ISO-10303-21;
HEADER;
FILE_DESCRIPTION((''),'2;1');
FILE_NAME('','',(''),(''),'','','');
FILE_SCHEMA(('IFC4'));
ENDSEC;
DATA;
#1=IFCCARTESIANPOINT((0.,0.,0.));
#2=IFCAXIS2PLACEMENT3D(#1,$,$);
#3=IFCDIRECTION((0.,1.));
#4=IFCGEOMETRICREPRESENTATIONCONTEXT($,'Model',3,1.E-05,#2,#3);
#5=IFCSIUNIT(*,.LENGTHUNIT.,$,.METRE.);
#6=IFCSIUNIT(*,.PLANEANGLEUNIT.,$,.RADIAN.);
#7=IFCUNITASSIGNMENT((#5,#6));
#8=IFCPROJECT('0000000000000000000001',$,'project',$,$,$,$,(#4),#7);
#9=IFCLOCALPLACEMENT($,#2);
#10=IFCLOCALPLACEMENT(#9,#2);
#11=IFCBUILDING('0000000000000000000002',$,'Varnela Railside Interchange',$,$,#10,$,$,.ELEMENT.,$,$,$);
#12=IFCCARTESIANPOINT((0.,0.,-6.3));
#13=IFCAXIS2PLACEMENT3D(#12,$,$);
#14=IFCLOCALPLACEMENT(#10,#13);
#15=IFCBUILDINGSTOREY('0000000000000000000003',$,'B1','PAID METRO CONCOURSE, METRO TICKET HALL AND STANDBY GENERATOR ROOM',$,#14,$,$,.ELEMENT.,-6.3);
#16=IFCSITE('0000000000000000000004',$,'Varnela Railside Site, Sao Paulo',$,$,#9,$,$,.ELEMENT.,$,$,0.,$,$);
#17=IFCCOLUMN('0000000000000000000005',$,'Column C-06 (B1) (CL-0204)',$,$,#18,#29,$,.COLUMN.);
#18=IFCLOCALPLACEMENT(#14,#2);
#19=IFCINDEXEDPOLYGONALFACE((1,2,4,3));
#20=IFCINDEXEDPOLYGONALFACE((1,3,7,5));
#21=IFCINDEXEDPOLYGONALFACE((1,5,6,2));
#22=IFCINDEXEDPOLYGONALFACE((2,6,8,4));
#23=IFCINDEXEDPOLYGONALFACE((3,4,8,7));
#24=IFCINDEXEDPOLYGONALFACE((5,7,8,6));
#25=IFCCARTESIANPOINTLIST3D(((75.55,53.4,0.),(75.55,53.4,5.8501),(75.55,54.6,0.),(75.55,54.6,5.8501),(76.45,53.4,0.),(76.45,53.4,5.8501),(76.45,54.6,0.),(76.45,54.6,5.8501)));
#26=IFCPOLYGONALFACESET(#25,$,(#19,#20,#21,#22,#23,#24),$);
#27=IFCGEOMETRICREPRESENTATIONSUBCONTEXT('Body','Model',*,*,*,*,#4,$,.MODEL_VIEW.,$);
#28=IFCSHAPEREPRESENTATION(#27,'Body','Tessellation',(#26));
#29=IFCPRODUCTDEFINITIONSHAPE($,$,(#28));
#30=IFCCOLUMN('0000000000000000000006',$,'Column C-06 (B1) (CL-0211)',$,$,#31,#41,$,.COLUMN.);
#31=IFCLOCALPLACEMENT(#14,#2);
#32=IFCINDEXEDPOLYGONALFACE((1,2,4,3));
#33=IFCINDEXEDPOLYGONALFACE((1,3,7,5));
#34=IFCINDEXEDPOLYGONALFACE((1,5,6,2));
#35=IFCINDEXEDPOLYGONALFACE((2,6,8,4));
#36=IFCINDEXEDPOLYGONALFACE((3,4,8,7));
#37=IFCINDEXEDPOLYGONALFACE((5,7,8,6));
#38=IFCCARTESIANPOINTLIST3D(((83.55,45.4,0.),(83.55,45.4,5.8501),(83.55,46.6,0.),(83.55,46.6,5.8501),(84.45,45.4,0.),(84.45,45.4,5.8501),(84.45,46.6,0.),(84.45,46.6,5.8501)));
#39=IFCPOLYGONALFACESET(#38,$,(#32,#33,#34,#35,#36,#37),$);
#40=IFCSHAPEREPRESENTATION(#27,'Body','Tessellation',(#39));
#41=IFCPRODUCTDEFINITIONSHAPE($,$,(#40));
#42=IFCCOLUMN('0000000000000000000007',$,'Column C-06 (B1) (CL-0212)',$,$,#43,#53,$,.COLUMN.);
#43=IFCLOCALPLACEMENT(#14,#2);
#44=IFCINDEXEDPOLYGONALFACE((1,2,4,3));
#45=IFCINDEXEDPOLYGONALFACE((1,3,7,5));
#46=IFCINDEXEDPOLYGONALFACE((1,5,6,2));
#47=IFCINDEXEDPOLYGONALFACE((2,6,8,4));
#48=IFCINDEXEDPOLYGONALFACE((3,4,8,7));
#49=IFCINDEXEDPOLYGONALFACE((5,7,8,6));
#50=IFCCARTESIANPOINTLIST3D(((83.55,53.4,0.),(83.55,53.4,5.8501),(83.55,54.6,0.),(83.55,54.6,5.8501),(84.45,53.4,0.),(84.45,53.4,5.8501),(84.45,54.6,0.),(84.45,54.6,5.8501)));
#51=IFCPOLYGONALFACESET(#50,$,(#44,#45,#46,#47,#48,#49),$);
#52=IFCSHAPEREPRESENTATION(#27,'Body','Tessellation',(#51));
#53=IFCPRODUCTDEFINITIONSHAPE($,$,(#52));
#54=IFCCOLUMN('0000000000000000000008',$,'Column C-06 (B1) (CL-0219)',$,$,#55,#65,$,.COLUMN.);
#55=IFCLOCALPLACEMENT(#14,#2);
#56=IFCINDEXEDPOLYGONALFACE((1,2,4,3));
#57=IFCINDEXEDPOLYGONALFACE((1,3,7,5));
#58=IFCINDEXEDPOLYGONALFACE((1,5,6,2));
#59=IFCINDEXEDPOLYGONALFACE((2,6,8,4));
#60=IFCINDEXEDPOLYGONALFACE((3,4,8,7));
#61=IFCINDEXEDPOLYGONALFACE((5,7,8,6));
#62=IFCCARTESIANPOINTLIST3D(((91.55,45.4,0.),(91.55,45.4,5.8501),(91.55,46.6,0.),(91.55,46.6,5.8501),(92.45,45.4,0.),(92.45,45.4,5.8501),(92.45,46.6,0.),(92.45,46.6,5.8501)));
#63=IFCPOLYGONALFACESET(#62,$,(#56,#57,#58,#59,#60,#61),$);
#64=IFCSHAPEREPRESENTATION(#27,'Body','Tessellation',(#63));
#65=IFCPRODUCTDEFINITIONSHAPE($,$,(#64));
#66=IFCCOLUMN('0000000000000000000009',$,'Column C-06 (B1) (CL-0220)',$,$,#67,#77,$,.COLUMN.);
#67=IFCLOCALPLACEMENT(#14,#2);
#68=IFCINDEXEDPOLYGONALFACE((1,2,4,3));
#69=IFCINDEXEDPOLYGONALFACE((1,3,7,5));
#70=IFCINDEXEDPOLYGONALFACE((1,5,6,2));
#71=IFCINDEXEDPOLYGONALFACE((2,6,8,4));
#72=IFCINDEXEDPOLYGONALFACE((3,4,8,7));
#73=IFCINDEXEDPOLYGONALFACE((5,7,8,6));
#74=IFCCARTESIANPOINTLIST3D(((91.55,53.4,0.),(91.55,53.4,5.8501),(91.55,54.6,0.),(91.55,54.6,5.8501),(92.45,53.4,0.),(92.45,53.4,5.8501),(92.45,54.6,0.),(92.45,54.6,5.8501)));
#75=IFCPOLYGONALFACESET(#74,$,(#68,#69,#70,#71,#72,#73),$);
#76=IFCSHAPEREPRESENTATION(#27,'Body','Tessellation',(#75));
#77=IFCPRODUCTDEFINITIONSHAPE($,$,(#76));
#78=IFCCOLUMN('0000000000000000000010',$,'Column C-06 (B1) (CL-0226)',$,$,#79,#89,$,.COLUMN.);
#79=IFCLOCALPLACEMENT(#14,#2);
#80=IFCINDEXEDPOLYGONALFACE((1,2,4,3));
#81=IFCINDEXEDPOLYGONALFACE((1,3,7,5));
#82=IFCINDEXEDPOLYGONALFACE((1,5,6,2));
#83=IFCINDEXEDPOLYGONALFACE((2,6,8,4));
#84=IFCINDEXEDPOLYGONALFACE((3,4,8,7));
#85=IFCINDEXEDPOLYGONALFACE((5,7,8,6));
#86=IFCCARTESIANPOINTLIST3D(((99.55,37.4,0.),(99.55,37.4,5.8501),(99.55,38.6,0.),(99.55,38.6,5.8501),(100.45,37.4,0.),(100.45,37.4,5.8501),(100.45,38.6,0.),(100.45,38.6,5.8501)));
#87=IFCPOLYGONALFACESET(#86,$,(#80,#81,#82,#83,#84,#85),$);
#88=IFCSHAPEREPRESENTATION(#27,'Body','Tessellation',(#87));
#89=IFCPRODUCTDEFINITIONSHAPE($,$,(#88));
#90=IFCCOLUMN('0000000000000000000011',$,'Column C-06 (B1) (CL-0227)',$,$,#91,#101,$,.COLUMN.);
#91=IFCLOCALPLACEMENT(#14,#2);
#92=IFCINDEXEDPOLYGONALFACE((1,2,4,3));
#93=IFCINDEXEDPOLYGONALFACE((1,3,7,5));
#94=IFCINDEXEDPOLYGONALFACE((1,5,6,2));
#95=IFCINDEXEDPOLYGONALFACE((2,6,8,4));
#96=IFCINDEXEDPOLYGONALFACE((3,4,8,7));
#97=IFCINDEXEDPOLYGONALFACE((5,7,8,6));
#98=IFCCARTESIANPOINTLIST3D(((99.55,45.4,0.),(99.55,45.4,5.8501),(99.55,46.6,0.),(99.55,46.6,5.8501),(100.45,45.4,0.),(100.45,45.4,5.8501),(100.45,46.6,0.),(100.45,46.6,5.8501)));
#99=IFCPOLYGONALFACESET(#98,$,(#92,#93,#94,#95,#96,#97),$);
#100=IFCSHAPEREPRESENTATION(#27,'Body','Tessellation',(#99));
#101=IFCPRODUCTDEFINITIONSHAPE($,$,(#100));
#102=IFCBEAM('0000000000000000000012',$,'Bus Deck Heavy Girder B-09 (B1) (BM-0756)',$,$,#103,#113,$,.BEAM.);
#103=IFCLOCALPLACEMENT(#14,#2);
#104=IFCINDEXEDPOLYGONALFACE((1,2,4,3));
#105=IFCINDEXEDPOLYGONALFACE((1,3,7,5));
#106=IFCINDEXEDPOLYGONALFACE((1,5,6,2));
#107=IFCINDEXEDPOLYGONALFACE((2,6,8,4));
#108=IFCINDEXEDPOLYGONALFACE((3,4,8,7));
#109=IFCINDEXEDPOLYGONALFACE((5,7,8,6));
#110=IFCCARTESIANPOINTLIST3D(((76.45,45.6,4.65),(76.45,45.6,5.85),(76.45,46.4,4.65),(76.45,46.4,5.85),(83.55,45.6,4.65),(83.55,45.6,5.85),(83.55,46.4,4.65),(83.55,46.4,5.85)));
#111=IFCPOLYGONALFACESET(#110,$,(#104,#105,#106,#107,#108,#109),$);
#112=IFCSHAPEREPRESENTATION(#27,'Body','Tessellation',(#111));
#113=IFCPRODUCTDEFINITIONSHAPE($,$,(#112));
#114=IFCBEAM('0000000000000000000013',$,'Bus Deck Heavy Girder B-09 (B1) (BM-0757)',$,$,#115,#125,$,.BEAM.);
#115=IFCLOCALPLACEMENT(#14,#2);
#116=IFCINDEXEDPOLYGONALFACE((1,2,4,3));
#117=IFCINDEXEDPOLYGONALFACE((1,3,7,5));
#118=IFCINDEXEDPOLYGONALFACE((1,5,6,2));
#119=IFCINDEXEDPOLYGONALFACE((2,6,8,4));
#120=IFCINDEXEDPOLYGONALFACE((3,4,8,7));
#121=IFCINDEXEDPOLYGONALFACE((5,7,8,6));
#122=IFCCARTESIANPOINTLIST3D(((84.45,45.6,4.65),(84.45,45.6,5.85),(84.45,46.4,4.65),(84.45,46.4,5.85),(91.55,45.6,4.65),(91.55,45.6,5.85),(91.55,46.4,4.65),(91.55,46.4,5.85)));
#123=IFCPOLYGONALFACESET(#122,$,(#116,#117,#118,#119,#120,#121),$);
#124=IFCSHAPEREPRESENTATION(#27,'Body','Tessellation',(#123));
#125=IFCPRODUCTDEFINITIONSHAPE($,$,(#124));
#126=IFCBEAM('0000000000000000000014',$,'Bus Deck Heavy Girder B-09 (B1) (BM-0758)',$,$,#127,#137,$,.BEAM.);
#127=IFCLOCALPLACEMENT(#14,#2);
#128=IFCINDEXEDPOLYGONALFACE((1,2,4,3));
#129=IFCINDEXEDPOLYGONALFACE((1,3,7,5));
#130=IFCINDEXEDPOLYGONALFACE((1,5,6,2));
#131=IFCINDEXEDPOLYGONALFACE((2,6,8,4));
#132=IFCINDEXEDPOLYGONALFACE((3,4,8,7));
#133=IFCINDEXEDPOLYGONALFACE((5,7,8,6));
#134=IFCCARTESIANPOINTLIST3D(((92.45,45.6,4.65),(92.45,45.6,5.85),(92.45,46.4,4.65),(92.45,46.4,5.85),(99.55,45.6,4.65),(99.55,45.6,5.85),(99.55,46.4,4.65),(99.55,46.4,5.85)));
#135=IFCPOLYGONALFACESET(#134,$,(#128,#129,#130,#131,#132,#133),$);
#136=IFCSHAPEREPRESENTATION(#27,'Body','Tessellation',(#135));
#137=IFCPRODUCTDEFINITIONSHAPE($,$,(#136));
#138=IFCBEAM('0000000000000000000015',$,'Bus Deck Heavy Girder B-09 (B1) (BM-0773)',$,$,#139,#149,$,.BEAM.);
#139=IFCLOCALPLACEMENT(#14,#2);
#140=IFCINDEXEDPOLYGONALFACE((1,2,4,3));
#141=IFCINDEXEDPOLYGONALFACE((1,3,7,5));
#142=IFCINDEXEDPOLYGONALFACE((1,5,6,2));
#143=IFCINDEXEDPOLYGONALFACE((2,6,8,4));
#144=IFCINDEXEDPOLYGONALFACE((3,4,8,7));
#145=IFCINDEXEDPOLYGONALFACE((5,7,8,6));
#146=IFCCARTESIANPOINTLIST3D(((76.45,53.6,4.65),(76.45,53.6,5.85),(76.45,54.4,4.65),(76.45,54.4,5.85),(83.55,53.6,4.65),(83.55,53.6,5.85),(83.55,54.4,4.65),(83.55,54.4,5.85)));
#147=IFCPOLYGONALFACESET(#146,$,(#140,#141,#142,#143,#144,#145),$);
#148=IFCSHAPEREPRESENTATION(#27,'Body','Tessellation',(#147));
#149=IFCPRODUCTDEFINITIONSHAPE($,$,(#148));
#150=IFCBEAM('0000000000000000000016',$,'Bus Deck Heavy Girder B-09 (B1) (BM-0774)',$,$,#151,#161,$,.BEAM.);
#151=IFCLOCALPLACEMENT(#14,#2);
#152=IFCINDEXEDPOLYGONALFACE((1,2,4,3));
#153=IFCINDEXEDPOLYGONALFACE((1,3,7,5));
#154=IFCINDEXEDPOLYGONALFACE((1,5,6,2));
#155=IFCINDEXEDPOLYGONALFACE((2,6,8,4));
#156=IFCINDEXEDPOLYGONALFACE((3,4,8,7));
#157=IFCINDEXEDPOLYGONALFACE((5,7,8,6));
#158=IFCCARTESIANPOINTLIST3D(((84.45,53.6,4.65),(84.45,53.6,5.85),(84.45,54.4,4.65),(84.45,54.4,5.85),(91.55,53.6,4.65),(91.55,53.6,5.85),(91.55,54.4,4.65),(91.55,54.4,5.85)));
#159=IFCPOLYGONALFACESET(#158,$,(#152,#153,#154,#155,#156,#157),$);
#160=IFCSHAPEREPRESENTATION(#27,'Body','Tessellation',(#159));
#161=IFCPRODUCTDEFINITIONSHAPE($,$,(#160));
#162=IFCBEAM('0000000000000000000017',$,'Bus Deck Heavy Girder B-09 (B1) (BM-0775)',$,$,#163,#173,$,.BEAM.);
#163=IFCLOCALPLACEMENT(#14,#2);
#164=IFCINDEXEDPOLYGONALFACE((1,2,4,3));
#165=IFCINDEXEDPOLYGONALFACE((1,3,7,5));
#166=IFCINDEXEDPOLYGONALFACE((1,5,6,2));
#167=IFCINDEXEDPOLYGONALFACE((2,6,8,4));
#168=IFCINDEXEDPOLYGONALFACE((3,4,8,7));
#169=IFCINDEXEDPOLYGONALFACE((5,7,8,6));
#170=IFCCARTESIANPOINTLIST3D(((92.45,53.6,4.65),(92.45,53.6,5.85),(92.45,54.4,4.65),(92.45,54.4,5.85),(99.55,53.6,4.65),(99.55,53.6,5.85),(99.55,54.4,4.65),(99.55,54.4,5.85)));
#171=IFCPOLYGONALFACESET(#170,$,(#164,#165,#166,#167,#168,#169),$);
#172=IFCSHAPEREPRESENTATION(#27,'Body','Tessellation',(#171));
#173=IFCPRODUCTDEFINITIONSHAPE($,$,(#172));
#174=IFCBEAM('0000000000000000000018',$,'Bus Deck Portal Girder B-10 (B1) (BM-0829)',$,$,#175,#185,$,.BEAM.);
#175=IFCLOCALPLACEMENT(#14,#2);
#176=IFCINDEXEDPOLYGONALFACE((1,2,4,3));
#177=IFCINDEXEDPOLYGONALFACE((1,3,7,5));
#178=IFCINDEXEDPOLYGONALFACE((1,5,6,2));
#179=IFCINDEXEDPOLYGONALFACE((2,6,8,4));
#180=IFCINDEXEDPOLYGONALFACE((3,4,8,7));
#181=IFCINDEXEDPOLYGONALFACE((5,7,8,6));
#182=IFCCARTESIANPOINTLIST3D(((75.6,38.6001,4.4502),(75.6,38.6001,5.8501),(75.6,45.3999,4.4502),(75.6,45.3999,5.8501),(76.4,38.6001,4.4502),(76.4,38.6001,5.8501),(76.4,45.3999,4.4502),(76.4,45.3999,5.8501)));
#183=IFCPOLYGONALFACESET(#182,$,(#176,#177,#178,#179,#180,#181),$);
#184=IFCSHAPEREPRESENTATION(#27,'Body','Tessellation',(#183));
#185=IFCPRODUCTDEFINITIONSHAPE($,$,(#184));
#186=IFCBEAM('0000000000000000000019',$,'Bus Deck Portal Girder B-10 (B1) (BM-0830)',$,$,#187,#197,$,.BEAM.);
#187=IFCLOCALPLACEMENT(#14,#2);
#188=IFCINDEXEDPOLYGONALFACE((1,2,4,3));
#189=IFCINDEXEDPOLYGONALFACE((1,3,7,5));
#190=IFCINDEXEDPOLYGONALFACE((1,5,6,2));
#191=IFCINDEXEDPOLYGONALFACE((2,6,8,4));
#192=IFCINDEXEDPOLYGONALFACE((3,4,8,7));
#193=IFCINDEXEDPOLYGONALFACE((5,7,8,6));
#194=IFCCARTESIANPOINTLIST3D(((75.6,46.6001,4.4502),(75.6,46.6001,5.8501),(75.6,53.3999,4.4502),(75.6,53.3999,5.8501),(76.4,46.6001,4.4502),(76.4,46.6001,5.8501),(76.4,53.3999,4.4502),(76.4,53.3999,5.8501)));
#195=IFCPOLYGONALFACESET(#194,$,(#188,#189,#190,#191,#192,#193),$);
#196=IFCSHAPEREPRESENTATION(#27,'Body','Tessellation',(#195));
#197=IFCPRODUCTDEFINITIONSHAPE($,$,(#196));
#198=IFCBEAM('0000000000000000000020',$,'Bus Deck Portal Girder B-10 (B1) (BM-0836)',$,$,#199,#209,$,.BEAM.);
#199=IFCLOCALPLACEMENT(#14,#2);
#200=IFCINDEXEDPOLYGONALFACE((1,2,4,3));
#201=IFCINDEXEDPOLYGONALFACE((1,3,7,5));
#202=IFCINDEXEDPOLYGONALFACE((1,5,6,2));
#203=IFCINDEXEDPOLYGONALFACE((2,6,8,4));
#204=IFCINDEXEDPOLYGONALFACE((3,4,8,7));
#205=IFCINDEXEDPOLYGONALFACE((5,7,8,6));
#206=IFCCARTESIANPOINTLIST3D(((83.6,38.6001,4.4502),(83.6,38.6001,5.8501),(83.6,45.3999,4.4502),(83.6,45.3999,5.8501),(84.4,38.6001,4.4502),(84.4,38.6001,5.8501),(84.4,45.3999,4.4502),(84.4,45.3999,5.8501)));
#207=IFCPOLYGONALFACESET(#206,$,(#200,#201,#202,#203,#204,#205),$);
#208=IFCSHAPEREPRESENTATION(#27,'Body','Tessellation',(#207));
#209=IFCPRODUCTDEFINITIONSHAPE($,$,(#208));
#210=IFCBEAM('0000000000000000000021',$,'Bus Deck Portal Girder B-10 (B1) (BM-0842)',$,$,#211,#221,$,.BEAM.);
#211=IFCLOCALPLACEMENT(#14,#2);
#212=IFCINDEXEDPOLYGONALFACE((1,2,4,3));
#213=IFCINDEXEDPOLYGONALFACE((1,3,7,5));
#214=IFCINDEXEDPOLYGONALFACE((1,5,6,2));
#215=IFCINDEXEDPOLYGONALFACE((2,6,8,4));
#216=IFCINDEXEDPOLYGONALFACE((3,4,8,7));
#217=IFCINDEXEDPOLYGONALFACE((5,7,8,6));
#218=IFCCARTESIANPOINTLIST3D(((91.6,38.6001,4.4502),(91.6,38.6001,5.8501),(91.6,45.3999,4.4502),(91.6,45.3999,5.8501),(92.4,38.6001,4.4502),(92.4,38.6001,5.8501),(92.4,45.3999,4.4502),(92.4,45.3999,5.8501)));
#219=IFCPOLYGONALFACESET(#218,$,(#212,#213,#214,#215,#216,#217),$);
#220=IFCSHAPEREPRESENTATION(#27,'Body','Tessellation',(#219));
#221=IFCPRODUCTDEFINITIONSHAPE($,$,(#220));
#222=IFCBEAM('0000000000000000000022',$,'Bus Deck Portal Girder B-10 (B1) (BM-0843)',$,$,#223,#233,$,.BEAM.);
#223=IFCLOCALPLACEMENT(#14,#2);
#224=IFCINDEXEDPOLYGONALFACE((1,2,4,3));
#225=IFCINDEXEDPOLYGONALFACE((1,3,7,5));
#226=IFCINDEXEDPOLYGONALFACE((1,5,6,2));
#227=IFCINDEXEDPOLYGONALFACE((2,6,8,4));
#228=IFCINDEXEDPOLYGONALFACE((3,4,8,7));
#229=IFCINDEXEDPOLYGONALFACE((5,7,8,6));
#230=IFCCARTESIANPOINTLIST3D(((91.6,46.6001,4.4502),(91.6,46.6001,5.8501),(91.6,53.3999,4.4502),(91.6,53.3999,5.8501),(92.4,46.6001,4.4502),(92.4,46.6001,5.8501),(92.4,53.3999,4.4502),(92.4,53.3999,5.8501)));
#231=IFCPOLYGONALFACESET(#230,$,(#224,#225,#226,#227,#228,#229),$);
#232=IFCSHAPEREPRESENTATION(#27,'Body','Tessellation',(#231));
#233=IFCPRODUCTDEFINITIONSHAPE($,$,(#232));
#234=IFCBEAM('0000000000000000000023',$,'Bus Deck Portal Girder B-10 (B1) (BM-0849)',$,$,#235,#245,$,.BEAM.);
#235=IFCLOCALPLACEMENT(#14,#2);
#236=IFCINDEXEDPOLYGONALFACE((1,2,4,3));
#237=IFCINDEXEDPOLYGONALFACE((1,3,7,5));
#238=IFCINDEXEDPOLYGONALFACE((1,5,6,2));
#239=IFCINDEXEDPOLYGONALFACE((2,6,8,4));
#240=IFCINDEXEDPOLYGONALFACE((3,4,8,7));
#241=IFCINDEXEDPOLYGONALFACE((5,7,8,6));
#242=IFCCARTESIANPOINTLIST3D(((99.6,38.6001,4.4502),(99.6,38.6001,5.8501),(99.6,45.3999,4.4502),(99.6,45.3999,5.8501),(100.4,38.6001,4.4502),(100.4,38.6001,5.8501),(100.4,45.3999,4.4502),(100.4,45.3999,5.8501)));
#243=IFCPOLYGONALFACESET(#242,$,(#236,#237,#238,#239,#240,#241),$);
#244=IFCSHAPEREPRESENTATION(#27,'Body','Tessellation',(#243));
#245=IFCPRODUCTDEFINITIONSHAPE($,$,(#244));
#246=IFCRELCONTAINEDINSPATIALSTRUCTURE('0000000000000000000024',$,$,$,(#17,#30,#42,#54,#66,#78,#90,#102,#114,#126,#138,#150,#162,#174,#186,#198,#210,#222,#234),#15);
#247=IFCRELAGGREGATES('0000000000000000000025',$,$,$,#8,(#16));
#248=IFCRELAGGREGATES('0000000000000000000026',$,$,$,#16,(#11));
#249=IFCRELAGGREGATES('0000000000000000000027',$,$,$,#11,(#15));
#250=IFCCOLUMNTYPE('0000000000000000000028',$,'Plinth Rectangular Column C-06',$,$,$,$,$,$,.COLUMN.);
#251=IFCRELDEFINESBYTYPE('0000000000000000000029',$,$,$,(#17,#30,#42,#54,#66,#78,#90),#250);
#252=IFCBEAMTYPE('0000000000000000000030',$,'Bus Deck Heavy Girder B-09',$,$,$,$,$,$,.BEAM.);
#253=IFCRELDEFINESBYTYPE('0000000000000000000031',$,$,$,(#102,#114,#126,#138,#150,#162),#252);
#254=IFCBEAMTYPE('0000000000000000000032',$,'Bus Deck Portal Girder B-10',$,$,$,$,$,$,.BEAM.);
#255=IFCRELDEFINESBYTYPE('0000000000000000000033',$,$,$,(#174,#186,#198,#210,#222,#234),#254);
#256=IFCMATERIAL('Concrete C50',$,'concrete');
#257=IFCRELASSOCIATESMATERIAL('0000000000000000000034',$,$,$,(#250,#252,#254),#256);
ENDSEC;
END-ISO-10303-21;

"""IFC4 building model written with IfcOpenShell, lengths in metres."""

from ifc_helpers import new_model, si_unit, direction, frame, origin, origin_2d, place, context, subcontext, project, spatial, rectangle, extrude, material, material_profile, profile_set, type_object, element, save


model = new_model("IFC4")

# Units and contexts
model_context = context("Model", 3, precision=1e-05, world=origin(), true_north=direction((0.0, 1.0)))
body_context = subcontext(model_context, "Body", "Model", "MODEL_VIEW")
ifc_project = project(units=[si_unit("LENGTHUNIT", "METRE"), si_unit("PLANEANGLEUNIT", "RADIAN")], contexts=[model_context])

# Site, building, storey
site_placement = place(None, origin())
site = spatial("IfcSite", under=ifc_project, at=site_placement, Name="Varnela Railside Site, Sao Paulo", CompositionType="ELEMENT", RefElevation=0.0)
building_placement = place(site_placement, origin())
building = spatial("IfcBuilding", under=site, at=building_placement, Name="Varnela Railside Interchange", CompositionType="ELEMENT")
storey_placement = place(building_placement, frame((0.0, 0.0, -6.3)))
storey = spatial("IfcBuildingStorey", under=building, at=storey_placement, Name="B1", Description="PAID METRO CONCOURSE, METRO TICKET HALL AND STANDBY GENERATOR ROOM", CompositionType="ELEMENT", Elevation=-6.3)

# Columns
ifc_material_1 = material(Name="Concrete C50", Category="concrete")
ifc_material_profile_1 = material_profile(ifc_material_1, rectangle(XDim=0.8999, YDim=1.2, at=origin_2d()), Name="RC 900x1200")
ifc_profile_set_1 = profile_set([ifc_material_profile_1], Name="Concrete C50")
column_type = type_object("IfcColumnType", Name="Plinth Rectangular Column C-06", PredefinedType="COLUMN", material=ifc_profile_set_1)
for number, where, z_axis, x_axis, name in (
    (1, (76.0, 54.0, 0.0), (0.0, 0.0, 1.0), (1.0, 0.0, 0.0), "Column C-06 (B1) (CL-0204)"),
    (2, (84.0, 46.0, 0.0), (0.0, 0.0, 1.0), (1.0, 0.0, 0.0), "Column C-06 (B1) (CL-0211)"),
    (3, (84.0, 54.0, 0.0), (0.0, 0.0, 1.0), (1.0, 0.0, 0.0), "Column C-06 (B1) (CL-0212)"),
    (4, (92.0, 46.0, 0.0), (0.0, 0.0, 1.0), (1.0, 0.0, 0.0), "Column C-06 (B1) (CL-0219)"),
    (5, (92.0, 54.0, 0.0), (0.0, 0.0, 1.0), (1.0, 0.0, 0.0), "Column C-06 (B1) (CL-0220)"),
    (6, (100.0, 38.0, 0.0), (0.0, 0.0, 1.0), (1.0, 0.0, 0.0), "Column C-06 (B1) (CL-0226)"),
    (7, (100.0, 46.0, 0.0), (0.0, 0.0, 1.0), (1.0, 0.0, 0.0), "Column C-06 (B1) (CL-0227)"),
):
    element("IfcColumn", number, at=place(storey_placement, frame(where, z_axis=z_axis, x_axis=x_axis)), inside=storey, type_object=column_type, Name=name, PredefinedType="COLUMN", context=body_context, shape_type="SweptSolid", body=[
        extrude(rectangle(XDim=0.8999, YDim=1.2, at=origin_2d()), origin(), (0.0, 0.0, 1.0), 5.8501),
    ])

# Beams
ifc_material_profile_2 = material_profile(ifc_material_1, rectangle(XDim=0.8, YDim=1.2, at=origin_2d()), Name="RC 800x1200")
ifc_profile_set_2 = profile_set([ifc_material_profile_2], Name="Concrete C50")
beam_type_1 = type_object("IfcBeamType", Name="Bus Deck Heavy Girder B-09", PredefinedType="BEAM", material=ifc_profile_set_2)
for number, where, z_axis, x_axis, name in (
    (8, (76.45, 46.0, 5.25), (1.0, 0.0, 0.0), (0.0, 1.0, 0.0), "Bus Deck Heavy Girder B-09 (B1) (BM-0756)"),
    (9, (84.45, 46.0, 5.25), (1.0, 0.0, 0.0), (0.0, 1.0, 0.0), "Bus Deck Heavy Girder B-09 (B1) (BM-0757)"),
    (10, (92.45, 46.0, 5.25), (1.0, 0.0, 0.0), (0.0, 1.0, 0.0), "Bus Deck Heavy Girder B-09 (B1) (BM-0758)"),
    (11, (76.45, 54.0, 5.25), (1.0, 0.0, 0.0), (0.0, 1.0, 0.0), "Bus Deck Heavy Girder B-09 (B1) (BM-0773)"),
    (12, (84.45, 54.0, 5.25), (1.0, 0.0, 0.0), (0.0, 1.0, 0.0), "Bus Deck Heavy Girder B-09 (B1) (BM-0774)"),
    (13, (92.45, 54.0, 5.25), (1.0, 0.0, 0.0), (0.0, 1.0, 0.0), "Bus Deck Heavy Girder B-09 (B1) (BM-0775)"),
):
    element("IfcBeam", number, at=place(storey_placement, frame(where, z_axis=z_axis, x_axis=x_axis)), inside=storey, type_object=beam_type_1, Name=name, PredefinedType="BEAM", context=body_context, shape_type="SweptSolid", body=[
        extrude(rectangle(XDim=0.8, YDim=1.2, at=origin_2d()), origin(), (0.0, 0.0, 1.0), 7.1001),
    ])
ifc_material_profile_3 = material_profile(ifc_material_1, rectangle(XDim=0.8, YDim=1.3999, at=origin_2d()), Name="RC 800x1400")
ifc_profile_set_3 = profile_set([ifc_material_profile_3], Name="Concrete C50")
beam_type_2 = type_object("IfcBeamType", Name="Bus Deck Portal Girder B-10", PredefinedType="BEAM", material=ifc_profile_set_3)
for number, where, z_axis, x_axis, name in (
    (14, (76.0, 38.6001, 5.1501), (0.0, 1.0, 0.0), (-1.0, 0.0, 0.0), "Bus Deck Portal Girder B-10 (B1) (BM-0829)"),
    (15, (76.0, 46.6001, 5.1501), (0.0, 1.0, 0.0), (-1.0, 0.0, 0.0), "Bus Deck Portal Girder B-10 (B1) (BM-0830)"),
    (16, (84.0, 38.6001, 5.1501), (0.0, 1.0, 0.0), (-1.0, 0.0, 0.0), "Bus Deck Portal Girder B-10 (B1) (BM-0836)"),
    (17, (92.0, 38.6001, 5.1501), (0.0, 1.0, 0.0), (-1.0, 0.0, 0.0), "Bus Deck Portal Girder B-10 (B1) (BM-0842)"),
    (18, (92.0, 46.6001, 5.1501), (0.0, 1.0, 0.0), (-1.0, 0.0, 0.0), "Bus Deck Portal Girder B-10 (B1) (BM-0843)"),
    (19, (100.0, 38.6001, 5.1501), (0.0, 1.0, 0.0), (-1.0, 0.0, 0.0), "Bus Deck Portal Girder B-10 (B1) (BM-0849)"),
):
    element("IfcBeam", number, at=place(storey_placement, frame(where, z_axis=z_axis, x_axis=x_axis)), inside=storey, type_object=beam_type_2, Name=name, PredefinedType="BEAM", context=body_context, shape_type="SweptSolid", body=[
        extrude(rectangle(XDim=0.8, YDim=1.3999, at=origin_2d()), origin(), (0.0, 0.0, 1.0), 6.7998),
    ])

save(model, "model.ifc")
